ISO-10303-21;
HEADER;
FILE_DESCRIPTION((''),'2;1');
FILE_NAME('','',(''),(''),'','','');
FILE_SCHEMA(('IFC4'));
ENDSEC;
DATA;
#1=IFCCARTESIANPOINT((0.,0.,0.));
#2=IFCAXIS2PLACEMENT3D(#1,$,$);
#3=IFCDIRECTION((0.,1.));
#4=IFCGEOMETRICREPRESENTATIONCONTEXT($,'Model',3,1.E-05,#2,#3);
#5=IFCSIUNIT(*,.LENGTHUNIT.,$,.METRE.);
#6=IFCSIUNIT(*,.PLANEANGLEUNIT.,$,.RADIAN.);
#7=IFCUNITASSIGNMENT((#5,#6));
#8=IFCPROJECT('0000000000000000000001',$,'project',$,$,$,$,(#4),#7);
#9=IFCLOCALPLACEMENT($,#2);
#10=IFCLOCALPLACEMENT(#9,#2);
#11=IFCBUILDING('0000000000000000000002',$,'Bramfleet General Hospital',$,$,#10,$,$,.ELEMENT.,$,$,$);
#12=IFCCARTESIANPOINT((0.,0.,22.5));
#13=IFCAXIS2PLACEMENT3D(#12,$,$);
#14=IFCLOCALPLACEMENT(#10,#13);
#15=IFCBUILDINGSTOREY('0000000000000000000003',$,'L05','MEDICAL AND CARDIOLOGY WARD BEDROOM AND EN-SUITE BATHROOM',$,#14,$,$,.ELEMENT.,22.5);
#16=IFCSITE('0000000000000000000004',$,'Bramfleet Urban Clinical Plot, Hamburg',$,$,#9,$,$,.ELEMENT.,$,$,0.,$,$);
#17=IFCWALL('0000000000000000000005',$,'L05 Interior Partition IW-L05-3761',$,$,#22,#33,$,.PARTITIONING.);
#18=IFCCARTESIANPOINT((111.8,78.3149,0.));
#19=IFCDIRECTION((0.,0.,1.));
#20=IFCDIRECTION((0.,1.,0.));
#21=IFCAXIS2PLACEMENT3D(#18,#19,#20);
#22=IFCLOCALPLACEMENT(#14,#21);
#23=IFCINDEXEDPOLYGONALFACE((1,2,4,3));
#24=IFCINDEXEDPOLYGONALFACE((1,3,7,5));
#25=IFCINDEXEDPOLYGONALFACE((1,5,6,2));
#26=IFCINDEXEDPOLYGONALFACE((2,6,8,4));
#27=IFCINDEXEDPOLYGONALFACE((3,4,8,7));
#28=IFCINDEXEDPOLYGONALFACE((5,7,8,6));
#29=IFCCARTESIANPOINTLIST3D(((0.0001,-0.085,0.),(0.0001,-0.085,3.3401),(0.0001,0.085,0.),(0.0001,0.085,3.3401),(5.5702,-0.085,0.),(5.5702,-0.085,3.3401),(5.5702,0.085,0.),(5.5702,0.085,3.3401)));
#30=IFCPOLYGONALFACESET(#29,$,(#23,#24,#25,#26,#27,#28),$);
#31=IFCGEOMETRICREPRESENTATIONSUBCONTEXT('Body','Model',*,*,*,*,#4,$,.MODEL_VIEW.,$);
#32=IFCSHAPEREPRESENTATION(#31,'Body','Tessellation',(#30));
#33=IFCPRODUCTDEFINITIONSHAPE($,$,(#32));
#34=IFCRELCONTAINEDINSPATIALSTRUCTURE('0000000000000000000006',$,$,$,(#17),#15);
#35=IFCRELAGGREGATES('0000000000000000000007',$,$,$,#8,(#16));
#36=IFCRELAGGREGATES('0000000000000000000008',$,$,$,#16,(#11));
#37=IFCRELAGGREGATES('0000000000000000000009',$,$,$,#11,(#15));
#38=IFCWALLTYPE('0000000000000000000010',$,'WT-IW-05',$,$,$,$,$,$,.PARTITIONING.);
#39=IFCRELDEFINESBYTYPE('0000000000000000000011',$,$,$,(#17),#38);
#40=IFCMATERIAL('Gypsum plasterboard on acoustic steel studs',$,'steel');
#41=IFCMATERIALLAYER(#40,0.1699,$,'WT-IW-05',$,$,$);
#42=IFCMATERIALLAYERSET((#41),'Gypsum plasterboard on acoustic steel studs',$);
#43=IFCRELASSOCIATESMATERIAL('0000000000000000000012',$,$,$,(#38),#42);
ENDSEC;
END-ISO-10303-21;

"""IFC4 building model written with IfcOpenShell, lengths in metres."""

from ifc_helpers import new_model, si_unit, direction, frame, frame_2d, origin, place, context, subcontext, project, spatial, rectangle, extrude, material, layer, layer_set, type_object, element, save


model = new_model("IFC4")

# Units and contexts
model_context = context("Model", 3, precision=1e-05, world=origin(), true_north=direction((0.0, 1.0)))
body_context = subcontext(model_context, "Body", "Model", "MODEL_VIEW")
ifc_project = project(units=[si_unit("LENGTHUNIT", "METRE"), si_unit("PLANEANGLEUNIT", "RADIAN")], contexts=[model_context])

# Site, building, storey
site_placement = place(None, origin())
site = spatial("IfcSite", under=ifc_project, at=site_placement, Name="Bramfleet Urban Clinical Plot, Hamburg", CompositionType="ELEMENT", RefElevation=0.0)
building_placement = place(site_placement, origin())
building = spatial("IfcBuilding", under=site, at=building_placement, Name="Bramfleet General Hospital", CompositionType="ELEMENT")
storey_placement = place(building_placement, frame((0.0, 0.0, 22.5)))
storey = spatial("IfcBuildingStorey", under=building, at=storey_placement, Name="L05", Description="MEDICAL AND CARDIOLOGY WARD BEDROOM AND EN-SUITE BATHROOM", CompositionType="ELEMENT", Elevation=22.5)

# Wall
ifc_material_1 = material(Name="Gypsum plasterboard on acoustic steel studs", Category="steel")
ifc_layer_1 = layer(ifc_material_1, 0.1699, Name="WT-IW-05")
ifc_layer_set_1 = layer_set([ifc_layer_1], Name="Gypsum plasterboard on acoustic steel studs")
wall_type_1 = type_object("IfcWallType", Name="WT-IW-05", PredefinedType="PARTITIONING", material=ifc_layer_set_1)
wall_1_placement = place(storey_placement, frame((111.8, 78.3149, 0.0), z_axis=(0.0, 0.0, 1.0), x_axis=(0.0, 1.0, 0.0)))
element("IfcWall", 1, at=wall_1_placement, inside=storey, type_object=wall_type_1, Name="L05 Interior Partition IW-L05-3761", PredefinedType="PARTITIONING", context=body_context, shape_type="SweptSolid", body=[
    extrude(rectangle(XDim=5.5701, YDim=0.1699, at=frame_2d((2.7852, 0.0))), origin(), (0.0, 0.0, 1.0), 3.3401),
])

save(model, "model.ifc")
